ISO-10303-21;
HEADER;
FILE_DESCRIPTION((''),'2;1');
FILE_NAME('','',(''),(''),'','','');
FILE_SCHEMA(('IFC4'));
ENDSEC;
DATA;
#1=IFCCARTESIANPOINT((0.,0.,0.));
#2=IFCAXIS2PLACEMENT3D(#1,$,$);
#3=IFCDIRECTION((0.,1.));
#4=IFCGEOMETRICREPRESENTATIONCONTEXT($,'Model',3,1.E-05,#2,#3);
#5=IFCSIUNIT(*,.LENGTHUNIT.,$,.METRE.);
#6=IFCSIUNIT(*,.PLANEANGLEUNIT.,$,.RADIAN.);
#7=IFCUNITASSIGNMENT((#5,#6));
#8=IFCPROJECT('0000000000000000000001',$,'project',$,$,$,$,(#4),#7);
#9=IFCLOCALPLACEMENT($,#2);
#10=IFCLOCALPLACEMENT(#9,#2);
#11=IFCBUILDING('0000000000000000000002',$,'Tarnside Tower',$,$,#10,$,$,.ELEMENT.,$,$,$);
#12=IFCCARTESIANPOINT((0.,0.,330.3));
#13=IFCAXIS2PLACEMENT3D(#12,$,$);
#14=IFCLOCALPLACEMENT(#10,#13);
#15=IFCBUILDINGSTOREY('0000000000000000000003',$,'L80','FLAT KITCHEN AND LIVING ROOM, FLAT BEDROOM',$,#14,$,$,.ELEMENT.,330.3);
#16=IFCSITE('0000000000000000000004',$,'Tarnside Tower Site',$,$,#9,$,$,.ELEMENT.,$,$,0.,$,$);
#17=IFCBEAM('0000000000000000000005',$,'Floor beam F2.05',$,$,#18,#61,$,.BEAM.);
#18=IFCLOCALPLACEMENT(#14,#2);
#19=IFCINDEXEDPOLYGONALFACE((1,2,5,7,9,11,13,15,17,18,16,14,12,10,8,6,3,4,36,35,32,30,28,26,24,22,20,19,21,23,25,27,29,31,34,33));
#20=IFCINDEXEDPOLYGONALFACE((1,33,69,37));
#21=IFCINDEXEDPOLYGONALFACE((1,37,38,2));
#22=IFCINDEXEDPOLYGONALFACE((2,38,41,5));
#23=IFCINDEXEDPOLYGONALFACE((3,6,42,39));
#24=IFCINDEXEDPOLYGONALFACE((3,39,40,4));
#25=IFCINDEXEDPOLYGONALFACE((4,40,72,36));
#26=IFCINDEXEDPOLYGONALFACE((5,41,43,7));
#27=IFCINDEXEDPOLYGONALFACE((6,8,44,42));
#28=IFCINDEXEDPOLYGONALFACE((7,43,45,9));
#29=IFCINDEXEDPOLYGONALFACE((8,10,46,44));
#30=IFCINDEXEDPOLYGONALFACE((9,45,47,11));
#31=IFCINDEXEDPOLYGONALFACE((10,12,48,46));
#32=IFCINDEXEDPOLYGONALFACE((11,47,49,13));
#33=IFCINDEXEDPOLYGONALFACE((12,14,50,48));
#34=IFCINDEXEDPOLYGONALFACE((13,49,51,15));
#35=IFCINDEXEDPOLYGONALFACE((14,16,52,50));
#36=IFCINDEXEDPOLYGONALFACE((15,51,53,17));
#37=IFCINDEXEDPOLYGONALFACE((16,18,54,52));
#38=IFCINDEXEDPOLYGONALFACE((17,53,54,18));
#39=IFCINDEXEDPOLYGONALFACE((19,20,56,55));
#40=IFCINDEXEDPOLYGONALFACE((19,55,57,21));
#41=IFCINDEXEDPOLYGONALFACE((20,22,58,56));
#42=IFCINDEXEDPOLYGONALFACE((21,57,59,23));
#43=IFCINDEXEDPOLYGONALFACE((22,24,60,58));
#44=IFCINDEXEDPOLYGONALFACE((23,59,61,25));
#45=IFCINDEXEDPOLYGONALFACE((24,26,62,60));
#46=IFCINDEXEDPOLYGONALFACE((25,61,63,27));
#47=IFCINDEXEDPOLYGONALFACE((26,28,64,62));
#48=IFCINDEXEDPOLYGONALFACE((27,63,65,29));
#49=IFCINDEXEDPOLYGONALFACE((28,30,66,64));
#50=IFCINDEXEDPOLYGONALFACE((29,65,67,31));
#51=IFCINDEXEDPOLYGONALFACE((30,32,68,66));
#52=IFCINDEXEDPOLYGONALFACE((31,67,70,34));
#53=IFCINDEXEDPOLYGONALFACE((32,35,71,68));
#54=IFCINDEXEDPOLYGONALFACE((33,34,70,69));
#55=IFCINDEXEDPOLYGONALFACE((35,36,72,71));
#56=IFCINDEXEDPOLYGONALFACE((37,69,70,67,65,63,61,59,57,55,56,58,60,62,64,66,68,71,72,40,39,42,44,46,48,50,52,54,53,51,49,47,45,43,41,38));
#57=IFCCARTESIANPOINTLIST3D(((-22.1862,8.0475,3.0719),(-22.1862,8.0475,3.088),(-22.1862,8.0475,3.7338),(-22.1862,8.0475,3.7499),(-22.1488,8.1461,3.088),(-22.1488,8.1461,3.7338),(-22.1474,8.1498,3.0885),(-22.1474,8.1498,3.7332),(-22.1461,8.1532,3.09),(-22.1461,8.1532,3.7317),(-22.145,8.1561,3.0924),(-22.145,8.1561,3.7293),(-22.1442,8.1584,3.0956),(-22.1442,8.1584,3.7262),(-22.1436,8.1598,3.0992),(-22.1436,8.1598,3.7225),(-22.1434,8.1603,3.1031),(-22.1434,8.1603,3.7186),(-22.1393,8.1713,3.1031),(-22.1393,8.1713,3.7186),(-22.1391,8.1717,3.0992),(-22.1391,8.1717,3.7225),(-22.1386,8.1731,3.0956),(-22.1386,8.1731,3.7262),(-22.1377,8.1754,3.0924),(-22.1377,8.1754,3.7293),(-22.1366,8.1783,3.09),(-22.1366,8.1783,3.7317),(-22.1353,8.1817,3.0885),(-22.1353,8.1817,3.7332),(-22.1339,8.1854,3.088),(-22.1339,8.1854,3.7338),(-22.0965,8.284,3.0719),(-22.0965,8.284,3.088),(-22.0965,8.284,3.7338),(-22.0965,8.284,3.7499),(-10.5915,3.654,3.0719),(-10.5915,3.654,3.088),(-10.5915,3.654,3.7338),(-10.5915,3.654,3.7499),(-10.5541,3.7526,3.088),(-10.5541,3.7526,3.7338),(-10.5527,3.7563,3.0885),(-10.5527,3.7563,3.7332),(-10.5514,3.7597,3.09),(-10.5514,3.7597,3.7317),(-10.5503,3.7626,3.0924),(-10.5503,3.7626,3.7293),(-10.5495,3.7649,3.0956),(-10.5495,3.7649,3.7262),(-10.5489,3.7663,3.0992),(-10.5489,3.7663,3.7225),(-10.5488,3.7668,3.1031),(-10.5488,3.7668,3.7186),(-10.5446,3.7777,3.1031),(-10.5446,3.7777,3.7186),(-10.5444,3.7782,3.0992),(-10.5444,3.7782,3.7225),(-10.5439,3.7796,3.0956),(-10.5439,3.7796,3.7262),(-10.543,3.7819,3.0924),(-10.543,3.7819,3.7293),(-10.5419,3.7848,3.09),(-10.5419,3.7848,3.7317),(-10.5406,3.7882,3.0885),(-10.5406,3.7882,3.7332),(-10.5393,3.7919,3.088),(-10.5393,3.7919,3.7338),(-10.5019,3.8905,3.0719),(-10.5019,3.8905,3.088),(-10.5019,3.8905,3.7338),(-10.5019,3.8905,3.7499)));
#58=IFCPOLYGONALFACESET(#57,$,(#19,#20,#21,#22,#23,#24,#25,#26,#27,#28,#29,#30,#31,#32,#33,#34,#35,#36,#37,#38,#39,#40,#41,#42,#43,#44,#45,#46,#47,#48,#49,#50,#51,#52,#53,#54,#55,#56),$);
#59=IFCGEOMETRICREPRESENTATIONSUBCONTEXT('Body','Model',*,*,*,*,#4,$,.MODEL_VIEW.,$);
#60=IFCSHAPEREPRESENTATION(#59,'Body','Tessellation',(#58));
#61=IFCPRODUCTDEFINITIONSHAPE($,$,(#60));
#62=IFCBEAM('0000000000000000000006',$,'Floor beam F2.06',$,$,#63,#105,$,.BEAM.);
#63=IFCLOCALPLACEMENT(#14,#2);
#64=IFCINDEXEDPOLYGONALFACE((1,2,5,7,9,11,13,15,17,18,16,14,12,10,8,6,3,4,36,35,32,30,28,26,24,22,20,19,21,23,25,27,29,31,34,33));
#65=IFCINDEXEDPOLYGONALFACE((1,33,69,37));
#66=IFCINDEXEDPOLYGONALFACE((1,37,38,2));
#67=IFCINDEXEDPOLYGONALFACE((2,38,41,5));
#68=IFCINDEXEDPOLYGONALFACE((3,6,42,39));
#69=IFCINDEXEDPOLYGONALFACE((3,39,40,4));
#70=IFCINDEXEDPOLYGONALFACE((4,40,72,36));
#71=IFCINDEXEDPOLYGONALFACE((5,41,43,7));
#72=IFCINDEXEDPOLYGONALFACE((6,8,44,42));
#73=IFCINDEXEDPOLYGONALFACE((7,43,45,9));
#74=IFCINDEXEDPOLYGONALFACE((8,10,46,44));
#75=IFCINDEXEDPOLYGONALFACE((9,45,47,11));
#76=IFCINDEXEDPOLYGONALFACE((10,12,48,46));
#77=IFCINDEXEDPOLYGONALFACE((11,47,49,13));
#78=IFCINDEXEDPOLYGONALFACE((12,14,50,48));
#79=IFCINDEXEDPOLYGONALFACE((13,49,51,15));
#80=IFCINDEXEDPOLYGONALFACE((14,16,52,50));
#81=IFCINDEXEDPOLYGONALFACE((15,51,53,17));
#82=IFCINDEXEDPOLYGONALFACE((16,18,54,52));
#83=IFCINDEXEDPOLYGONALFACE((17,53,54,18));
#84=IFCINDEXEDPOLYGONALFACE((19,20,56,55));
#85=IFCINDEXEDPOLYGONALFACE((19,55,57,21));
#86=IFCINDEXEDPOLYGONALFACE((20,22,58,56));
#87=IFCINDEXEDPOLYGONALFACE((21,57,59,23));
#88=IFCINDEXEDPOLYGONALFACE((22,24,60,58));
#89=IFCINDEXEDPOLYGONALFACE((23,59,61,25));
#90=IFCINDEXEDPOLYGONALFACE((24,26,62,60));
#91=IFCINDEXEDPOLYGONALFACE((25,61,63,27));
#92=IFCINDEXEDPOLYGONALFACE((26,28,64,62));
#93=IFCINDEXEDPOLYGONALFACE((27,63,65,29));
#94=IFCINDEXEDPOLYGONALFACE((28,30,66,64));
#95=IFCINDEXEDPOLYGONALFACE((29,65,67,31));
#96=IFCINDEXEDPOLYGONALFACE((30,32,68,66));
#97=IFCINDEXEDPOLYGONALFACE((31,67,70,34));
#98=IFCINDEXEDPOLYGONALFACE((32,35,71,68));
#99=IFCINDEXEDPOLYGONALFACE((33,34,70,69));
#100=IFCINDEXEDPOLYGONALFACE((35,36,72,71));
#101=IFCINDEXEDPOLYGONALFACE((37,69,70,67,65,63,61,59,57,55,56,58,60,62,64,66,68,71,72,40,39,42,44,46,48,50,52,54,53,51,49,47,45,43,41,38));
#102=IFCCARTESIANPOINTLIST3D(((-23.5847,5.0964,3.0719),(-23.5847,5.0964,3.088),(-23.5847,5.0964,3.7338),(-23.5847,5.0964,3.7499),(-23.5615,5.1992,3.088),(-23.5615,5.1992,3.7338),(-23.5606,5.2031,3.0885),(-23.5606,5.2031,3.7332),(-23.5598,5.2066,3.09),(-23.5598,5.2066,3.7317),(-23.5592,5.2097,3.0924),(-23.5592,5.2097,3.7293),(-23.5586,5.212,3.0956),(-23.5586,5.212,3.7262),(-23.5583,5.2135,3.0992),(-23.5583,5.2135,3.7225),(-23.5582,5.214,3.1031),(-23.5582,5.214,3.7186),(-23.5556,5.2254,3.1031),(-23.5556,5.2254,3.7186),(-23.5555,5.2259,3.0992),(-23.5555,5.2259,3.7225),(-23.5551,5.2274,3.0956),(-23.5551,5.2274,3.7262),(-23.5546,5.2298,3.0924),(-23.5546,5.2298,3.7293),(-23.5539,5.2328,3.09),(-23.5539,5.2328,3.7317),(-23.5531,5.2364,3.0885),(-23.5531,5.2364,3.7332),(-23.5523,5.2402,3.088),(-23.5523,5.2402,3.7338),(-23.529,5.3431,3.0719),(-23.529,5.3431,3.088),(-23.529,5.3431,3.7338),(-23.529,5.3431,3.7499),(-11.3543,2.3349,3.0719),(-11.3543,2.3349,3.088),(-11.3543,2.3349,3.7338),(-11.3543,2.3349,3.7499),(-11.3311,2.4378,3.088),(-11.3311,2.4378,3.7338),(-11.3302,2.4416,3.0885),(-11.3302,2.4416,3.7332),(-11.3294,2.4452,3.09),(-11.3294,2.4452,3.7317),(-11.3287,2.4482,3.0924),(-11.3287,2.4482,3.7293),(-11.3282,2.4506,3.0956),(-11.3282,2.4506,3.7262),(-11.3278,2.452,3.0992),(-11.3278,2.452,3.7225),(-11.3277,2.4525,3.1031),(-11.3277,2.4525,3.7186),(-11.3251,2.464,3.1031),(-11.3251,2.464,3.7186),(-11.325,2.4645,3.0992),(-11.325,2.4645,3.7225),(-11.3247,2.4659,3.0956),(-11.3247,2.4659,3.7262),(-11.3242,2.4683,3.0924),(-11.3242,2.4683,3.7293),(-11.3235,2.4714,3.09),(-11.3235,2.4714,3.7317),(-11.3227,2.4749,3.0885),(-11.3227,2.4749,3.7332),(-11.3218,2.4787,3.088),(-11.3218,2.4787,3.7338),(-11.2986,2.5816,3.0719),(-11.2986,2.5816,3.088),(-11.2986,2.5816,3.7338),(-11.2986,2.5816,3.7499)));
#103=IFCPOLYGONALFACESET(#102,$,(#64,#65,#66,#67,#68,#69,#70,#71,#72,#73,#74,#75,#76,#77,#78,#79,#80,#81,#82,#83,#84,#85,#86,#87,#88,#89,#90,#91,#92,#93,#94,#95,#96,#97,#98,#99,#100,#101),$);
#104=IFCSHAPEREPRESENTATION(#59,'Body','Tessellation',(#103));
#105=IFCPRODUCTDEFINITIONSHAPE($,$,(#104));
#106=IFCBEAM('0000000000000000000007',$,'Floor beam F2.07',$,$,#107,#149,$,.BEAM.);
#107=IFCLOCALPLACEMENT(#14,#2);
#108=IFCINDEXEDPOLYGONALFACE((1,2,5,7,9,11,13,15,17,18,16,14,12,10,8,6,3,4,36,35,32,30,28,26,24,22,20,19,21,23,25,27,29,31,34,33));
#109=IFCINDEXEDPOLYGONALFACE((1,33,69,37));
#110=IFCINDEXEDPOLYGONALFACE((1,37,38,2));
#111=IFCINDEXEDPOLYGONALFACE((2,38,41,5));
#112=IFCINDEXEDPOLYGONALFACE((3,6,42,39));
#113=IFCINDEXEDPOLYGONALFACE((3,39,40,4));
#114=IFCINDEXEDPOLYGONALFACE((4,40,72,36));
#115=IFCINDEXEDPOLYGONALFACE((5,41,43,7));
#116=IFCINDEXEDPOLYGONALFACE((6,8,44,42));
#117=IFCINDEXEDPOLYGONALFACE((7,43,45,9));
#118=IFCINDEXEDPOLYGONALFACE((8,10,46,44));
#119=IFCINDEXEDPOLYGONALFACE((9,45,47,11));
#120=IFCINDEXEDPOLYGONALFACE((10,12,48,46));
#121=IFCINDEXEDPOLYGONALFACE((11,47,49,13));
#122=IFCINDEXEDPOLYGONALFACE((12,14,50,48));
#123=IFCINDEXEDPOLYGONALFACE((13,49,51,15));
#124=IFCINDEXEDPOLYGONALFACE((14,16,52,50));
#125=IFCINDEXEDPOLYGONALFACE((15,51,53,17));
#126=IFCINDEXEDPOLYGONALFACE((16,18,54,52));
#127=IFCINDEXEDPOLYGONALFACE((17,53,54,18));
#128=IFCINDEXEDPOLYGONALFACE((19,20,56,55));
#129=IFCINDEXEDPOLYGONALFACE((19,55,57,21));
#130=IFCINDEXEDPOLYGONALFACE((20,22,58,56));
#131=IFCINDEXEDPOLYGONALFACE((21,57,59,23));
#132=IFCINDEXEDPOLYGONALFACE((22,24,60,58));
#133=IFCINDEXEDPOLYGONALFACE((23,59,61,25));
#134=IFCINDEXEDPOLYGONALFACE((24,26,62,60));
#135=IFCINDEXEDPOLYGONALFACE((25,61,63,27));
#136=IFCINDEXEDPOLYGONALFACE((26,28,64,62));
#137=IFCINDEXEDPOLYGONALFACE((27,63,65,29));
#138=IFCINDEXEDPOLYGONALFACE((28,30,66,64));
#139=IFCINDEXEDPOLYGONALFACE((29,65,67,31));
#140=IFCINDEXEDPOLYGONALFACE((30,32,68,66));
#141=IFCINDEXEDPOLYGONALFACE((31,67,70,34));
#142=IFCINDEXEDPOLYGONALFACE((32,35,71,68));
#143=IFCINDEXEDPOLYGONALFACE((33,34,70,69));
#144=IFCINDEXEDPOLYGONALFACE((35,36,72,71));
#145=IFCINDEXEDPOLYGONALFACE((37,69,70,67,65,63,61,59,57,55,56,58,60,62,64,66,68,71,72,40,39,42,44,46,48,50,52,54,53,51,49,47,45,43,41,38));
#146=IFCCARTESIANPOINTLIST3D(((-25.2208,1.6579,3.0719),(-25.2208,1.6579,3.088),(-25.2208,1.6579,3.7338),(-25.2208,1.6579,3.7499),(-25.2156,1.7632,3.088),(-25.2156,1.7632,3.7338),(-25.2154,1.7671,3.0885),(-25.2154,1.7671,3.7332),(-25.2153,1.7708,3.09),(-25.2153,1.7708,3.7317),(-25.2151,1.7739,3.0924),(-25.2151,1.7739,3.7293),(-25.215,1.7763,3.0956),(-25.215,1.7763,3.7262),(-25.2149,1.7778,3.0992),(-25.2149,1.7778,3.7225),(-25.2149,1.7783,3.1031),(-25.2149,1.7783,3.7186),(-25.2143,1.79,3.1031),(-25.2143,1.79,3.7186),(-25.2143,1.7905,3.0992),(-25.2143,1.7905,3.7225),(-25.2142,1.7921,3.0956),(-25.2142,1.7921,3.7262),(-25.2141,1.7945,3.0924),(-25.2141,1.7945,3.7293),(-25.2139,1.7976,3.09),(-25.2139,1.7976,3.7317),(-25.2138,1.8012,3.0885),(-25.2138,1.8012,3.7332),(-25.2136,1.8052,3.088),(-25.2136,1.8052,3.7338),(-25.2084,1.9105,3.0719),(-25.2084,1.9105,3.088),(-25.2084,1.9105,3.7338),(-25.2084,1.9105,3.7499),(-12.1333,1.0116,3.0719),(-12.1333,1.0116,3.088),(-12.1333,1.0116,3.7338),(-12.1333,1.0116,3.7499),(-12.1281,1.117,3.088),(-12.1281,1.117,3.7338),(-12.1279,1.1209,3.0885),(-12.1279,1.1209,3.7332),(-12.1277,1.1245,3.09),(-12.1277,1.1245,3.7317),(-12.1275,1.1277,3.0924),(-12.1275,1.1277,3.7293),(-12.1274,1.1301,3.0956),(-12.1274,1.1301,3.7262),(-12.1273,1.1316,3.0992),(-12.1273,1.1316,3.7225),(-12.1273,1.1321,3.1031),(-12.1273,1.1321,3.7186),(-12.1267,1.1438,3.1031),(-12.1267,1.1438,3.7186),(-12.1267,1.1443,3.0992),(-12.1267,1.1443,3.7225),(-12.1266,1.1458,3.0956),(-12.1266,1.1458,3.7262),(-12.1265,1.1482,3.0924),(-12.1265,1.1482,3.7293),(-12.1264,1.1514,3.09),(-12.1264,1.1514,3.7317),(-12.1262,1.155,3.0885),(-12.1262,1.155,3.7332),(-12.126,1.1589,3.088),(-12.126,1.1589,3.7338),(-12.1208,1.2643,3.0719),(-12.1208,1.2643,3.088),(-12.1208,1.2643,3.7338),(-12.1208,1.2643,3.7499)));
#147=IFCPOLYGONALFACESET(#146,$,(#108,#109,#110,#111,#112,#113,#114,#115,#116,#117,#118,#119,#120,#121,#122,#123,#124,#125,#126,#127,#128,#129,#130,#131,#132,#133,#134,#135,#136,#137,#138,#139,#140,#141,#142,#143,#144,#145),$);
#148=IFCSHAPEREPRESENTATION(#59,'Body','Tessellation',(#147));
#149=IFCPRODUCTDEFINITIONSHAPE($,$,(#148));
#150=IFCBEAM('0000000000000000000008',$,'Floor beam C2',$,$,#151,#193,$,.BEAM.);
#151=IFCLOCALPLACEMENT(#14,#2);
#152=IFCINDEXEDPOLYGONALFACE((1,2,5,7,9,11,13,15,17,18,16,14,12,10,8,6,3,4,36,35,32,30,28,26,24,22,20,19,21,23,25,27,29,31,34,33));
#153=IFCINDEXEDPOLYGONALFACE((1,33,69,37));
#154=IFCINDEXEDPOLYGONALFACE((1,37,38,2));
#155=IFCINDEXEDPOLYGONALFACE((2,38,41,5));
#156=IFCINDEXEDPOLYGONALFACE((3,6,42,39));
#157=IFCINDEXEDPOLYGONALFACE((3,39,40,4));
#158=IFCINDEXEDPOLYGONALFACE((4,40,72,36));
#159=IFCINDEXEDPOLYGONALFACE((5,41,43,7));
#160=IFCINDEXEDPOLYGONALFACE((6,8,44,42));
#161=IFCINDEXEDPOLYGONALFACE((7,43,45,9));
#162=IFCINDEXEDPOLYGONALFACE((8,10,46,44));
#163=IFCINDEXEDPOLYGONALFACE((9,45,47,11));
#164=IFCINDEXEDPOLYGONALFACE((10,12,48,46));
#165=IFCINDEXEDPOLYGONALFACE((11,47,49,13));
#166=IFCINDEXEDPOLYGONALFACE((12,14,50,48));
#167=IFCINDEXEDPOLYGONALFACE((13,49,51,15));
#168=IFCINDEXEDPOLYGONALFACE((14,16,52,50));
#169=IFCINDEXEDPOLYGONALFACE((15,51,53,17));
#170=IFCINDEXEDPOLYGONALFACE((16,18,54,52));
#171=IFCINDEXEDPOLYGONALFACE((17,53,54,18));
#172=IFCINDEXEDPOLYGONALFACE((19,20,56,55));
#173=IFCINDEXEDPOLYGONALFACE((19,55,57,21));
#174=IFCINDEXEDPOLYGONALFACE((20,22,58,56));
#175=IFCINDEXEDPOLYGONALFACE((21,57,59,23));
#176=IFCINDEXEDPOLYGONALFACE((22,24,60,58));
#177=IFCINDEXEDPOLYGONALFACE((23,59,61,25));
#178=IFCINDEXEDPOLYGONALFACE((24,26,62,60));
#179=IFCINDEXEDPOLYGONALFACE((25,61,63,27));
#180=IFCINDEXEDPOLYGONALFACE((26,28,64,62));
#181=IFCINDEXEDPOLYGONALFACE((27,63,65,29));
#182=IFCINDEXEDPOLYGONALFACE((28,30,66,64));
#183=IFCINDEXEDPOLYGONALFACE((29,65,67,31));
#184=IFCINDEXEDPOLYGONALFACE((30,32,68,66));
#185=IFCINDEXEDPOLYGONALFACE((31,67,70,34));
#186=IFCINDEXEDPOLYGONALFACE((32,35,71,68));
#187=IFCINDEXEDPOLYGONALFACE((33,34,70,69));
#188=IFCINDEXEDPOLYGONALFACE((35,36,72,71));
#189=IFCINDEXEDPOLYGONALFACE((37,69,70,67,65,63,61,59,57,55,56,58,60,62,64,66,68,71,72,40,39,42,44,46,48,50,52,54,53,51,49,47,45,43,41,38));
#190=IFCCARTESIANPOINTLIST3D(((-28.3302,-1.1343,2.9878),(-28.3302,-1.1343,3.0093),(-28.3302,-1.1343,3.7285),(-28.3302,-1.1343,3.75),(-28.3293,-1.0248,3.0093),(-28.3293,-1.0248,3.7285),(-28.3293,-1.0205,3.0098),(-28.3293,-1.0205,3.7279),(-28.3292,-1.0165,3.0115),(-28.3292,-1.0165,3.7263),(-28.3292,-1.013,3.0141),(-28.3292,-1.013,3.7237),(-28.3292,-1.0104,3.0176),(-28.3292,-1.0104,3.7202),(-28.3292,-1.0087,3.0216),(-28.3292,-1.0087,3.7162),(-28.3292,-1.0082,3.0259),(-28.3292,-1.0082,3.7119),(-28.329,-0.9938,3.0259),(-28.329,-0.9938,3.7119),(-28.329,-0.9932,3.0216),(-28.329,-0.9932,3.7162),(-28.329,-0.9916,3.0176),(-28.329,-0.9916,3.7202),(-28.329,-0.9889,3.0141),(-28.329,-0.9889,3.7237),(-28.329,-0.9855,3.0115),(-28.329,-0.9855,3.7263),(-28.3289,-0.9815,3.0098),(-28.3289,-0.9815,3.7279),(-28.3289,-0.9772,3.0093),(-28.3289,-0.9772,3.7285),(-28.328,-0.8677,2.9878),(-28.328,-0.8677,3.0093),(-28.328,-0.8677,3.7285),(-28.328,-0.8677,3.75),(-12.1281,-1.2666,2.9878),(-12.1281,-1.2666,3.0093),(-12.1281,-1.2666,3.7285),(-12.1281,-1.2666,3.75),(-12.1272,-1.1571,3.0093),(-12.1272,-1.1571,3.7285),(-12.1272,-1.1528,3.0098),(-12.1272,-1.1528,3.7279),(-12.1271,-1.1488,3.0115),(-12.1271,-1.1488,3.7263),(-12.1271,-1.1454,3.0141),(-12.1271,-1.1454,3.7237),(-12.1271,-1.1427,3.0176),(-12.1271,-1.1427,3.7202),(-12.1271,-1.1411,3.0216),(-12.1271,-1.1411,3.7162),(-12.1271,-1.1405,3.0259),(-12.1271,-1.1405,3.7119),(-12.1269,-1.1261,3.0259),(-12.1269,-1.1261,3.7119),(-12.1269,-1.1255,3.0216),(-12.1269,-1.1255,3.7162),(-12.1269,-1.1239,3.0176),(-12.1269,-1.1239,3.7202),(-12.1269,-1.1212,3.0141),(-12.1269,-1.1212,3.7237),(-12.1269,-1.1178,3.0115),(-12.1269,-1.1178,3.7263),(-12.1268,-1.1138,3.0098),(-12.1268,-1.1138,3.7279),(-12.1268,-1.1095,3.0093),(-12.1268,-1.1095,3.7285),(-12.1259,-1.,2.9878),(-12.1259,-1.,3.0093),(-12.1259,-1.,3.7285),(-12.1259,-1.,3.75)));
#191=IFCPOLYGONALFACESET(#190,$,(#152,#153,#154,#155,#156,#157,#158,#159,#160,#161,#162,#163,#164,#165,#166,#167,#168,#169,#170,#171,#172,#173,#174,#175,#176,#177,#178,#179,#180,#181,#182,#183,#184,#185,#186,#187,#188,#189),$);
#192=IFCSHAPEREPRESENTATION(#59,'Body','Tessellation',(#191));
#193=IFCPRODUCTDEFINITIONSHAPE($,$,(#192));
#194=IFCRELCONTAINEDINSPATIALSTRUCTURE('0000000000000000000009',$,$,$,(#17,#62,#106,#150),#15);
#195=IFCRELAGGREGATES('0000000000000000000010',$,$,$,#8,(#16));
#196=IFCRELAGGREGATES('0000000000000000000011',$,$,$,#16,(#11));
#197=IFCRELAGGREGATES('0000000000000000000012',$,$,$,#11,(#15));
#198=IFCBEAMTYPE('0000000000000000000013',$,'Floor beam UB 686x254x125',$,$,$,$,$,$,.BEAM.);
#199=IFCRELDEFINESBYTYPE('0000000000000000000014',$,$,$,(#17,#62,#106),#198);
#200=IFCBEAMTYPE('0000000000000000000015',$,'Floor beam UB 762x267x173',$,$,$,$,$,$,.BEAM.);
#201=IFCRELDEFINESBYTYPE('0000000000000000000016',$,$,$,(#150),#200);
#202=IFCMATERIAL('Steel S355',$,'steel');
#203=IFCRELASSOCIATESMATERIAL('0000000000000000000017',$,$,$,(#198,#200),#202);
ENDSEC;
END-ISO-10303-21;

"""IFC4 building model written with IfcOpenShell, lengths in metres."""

from ifc_helpers import new_model, si_unit, direction, frame, origin, origin_2d, place, context, subcontext, project, spatial, i_section, extrude, material, material_profile, profile_set, type_object, element, save


model = new_model("IFC4")

# Units and contexts
model_context = context("Model", 3, precision=1e-05, world=origin(), true_north=direction((0.0, 1.0)))
body_context = subcontext(model_context, "Body", "Model", "MODEL_VIEW")
ifc_project = project(units=[si_unit("LENGTHUNIT", "METRE"), si_unit("PLANEANGLEUNIT", "RADIAN")], contexts=[model_context])

# Site, building, storey
site_placement = place(None, origin())
site = spatial("IfcSite", under=ifc_project, at=site_placement, Name="Tarnside Tower Site", CompositionType="ELEMENT", RefElevation=0.0)
building_placement = place(site_placement, origin())
building = spatial("IfcBuilding", under=site, at=building_placement, Name="Tarnside Tower", CompositionType="ELEMENT")
storey_placement = place(building_placement, frame((0.0, 0.0, 330.3)))
storey = spatial("IfcBuildingStorey", under=building, at=storey_placement, Name="L80", Description="FLAT KITCHEN AND LIVING ROOM, FLAT BEDROOM", CompositionType="ELEMENT", Elevation=330.3)

# Beams
ifc_material_1 = material(Name="Steel S355", Category="steel")
ifc_material_profile_1 = material_profile(ifc_material_1, i_section(OverallWidth=0.2529, OverallDepth=0.678, WebThickness=0.0117, FlangeThickness=0.0161, FilletRadius=0.0151, at=origin_2d()), Name="UB 686x254x125")
ifc_profile_set_1 = profile_set([ifc_material_profile_1], Name="Steel S355")
beam_type_1 = type_object("IfcBeamType", Name="Floor beam UB 686x254x125", PredefinedType="BEAM", material=ifc_profile_set_1)
beam_1_placement = place(storey_placement, frame((-22.1414, 8.1658, 3.4109), z_axis=(0.935116, -0.354341, 0.0), x_axis=(0.354341, 0.935116, 0.0)))
element("IfcBeam", 1, at=beam_1_placement, inside=storey, type_object=beam_type_1, Name="Floor beam F2.05", PredefinedType="BEAM", context=body_context, shape_type="SweptSolid", body=[
    extrude(i_section(OverallWidth=0.2529, OverallDepth=0.678, WebThickness=0.0117, FlangeThickness=0.0161, FilletRadius=0.0151, at=origin_2d()), origin(), (0.0, 0.0, 1.0), 12.3992),
])
beam_2_placement = place(storey_placement, frame((-23.5569, 5.2197, 3.4109), z_axis=(0.975445, -0.220242, 0.0), x_axis=(0.220242, 0.975445, 0.0)))
element("IfcBeam", 2, at=beam_2_placement, inside=storey, type_object=beam_type_1, Name="Floor beam F2.06", PredefinedType="BEAM", context=body_context, shape_type="SweptSolid", body=[
    extrude(i_section(OverallWidth=0.2529, OverallDepth=0.678, WebThickness=0.0117, FlangeThickness=0.0161, FilletRadius=0.0151, at=origin_2d()), origin(), (0.0, 0.0, 1.0), 12.5383),
])
beam_3_placement = place(storey_placement, frame((-25.2146, 1.7842, 3.4109), z_axis=(0.998783, -0.049318, 0.0), x_axis=(0.049318, 0.998783, 0.0)))
element("IfcBeam", 3, at=beam_3_placement, inside=storey, type_object=beam_type_1, Name="Floor beam F2.07", PredefinedType="BEAM", context=body_context, shape_type="SweptSolid", body=[
    extrude(i_section(OverallWidth=0.2529, OverallDepth=0.678, WebThickness=0.0117, FlangeThickness=0.0161, FilletRadius=0.0151, at=origin_2d()), origin(), (0.0, 0.0, 1.0), 13.1035),
])
ifc_material_profile_2 = material_profile(ifc_material_1, i_section(OverallWidth=0.2666, OverallDepth=0.7622, WebThickness=0.0144, FlangeThickness=0.0215, FilletRadius=0.0166, at=origin_2d()), Name="UB 762x267x173")
ifc_profile_set_2 = profile_set([ifc_material_profile_2], Name="Steel S355")
beam_type_2 = type_object("IfcBeamType", Name="Floor beam UB 762x267x173", PredefinedType="BEAM", material=ifc_profile_set_2)
beam_4_placement = place(storey_placement, frame((-28.3291, -1.001, 3.3689), z_axis=(0.999967, -0.008167, 0.0), x_axis=(0.008167, 0.999967, 0.0)))
element("IfcBeam", 4, at=beam_4_placement, inside=storey, type_object=beam_type_2, Name="Floor beam C2", PredefinedType="BEAM", context=body_context, shape_type="SweptSolid", body=[
    extrude(i_section(OverallWidth=0.2666, OverallDepth=0.7622, WebThickness=0.0144, FlangeThickness=0.0215, FilletRadius=0.0166, at=origin_2d()), origin(), (0.0, 0.0, 1.0), 16.2026),
])

save(model, "model.ifc")
